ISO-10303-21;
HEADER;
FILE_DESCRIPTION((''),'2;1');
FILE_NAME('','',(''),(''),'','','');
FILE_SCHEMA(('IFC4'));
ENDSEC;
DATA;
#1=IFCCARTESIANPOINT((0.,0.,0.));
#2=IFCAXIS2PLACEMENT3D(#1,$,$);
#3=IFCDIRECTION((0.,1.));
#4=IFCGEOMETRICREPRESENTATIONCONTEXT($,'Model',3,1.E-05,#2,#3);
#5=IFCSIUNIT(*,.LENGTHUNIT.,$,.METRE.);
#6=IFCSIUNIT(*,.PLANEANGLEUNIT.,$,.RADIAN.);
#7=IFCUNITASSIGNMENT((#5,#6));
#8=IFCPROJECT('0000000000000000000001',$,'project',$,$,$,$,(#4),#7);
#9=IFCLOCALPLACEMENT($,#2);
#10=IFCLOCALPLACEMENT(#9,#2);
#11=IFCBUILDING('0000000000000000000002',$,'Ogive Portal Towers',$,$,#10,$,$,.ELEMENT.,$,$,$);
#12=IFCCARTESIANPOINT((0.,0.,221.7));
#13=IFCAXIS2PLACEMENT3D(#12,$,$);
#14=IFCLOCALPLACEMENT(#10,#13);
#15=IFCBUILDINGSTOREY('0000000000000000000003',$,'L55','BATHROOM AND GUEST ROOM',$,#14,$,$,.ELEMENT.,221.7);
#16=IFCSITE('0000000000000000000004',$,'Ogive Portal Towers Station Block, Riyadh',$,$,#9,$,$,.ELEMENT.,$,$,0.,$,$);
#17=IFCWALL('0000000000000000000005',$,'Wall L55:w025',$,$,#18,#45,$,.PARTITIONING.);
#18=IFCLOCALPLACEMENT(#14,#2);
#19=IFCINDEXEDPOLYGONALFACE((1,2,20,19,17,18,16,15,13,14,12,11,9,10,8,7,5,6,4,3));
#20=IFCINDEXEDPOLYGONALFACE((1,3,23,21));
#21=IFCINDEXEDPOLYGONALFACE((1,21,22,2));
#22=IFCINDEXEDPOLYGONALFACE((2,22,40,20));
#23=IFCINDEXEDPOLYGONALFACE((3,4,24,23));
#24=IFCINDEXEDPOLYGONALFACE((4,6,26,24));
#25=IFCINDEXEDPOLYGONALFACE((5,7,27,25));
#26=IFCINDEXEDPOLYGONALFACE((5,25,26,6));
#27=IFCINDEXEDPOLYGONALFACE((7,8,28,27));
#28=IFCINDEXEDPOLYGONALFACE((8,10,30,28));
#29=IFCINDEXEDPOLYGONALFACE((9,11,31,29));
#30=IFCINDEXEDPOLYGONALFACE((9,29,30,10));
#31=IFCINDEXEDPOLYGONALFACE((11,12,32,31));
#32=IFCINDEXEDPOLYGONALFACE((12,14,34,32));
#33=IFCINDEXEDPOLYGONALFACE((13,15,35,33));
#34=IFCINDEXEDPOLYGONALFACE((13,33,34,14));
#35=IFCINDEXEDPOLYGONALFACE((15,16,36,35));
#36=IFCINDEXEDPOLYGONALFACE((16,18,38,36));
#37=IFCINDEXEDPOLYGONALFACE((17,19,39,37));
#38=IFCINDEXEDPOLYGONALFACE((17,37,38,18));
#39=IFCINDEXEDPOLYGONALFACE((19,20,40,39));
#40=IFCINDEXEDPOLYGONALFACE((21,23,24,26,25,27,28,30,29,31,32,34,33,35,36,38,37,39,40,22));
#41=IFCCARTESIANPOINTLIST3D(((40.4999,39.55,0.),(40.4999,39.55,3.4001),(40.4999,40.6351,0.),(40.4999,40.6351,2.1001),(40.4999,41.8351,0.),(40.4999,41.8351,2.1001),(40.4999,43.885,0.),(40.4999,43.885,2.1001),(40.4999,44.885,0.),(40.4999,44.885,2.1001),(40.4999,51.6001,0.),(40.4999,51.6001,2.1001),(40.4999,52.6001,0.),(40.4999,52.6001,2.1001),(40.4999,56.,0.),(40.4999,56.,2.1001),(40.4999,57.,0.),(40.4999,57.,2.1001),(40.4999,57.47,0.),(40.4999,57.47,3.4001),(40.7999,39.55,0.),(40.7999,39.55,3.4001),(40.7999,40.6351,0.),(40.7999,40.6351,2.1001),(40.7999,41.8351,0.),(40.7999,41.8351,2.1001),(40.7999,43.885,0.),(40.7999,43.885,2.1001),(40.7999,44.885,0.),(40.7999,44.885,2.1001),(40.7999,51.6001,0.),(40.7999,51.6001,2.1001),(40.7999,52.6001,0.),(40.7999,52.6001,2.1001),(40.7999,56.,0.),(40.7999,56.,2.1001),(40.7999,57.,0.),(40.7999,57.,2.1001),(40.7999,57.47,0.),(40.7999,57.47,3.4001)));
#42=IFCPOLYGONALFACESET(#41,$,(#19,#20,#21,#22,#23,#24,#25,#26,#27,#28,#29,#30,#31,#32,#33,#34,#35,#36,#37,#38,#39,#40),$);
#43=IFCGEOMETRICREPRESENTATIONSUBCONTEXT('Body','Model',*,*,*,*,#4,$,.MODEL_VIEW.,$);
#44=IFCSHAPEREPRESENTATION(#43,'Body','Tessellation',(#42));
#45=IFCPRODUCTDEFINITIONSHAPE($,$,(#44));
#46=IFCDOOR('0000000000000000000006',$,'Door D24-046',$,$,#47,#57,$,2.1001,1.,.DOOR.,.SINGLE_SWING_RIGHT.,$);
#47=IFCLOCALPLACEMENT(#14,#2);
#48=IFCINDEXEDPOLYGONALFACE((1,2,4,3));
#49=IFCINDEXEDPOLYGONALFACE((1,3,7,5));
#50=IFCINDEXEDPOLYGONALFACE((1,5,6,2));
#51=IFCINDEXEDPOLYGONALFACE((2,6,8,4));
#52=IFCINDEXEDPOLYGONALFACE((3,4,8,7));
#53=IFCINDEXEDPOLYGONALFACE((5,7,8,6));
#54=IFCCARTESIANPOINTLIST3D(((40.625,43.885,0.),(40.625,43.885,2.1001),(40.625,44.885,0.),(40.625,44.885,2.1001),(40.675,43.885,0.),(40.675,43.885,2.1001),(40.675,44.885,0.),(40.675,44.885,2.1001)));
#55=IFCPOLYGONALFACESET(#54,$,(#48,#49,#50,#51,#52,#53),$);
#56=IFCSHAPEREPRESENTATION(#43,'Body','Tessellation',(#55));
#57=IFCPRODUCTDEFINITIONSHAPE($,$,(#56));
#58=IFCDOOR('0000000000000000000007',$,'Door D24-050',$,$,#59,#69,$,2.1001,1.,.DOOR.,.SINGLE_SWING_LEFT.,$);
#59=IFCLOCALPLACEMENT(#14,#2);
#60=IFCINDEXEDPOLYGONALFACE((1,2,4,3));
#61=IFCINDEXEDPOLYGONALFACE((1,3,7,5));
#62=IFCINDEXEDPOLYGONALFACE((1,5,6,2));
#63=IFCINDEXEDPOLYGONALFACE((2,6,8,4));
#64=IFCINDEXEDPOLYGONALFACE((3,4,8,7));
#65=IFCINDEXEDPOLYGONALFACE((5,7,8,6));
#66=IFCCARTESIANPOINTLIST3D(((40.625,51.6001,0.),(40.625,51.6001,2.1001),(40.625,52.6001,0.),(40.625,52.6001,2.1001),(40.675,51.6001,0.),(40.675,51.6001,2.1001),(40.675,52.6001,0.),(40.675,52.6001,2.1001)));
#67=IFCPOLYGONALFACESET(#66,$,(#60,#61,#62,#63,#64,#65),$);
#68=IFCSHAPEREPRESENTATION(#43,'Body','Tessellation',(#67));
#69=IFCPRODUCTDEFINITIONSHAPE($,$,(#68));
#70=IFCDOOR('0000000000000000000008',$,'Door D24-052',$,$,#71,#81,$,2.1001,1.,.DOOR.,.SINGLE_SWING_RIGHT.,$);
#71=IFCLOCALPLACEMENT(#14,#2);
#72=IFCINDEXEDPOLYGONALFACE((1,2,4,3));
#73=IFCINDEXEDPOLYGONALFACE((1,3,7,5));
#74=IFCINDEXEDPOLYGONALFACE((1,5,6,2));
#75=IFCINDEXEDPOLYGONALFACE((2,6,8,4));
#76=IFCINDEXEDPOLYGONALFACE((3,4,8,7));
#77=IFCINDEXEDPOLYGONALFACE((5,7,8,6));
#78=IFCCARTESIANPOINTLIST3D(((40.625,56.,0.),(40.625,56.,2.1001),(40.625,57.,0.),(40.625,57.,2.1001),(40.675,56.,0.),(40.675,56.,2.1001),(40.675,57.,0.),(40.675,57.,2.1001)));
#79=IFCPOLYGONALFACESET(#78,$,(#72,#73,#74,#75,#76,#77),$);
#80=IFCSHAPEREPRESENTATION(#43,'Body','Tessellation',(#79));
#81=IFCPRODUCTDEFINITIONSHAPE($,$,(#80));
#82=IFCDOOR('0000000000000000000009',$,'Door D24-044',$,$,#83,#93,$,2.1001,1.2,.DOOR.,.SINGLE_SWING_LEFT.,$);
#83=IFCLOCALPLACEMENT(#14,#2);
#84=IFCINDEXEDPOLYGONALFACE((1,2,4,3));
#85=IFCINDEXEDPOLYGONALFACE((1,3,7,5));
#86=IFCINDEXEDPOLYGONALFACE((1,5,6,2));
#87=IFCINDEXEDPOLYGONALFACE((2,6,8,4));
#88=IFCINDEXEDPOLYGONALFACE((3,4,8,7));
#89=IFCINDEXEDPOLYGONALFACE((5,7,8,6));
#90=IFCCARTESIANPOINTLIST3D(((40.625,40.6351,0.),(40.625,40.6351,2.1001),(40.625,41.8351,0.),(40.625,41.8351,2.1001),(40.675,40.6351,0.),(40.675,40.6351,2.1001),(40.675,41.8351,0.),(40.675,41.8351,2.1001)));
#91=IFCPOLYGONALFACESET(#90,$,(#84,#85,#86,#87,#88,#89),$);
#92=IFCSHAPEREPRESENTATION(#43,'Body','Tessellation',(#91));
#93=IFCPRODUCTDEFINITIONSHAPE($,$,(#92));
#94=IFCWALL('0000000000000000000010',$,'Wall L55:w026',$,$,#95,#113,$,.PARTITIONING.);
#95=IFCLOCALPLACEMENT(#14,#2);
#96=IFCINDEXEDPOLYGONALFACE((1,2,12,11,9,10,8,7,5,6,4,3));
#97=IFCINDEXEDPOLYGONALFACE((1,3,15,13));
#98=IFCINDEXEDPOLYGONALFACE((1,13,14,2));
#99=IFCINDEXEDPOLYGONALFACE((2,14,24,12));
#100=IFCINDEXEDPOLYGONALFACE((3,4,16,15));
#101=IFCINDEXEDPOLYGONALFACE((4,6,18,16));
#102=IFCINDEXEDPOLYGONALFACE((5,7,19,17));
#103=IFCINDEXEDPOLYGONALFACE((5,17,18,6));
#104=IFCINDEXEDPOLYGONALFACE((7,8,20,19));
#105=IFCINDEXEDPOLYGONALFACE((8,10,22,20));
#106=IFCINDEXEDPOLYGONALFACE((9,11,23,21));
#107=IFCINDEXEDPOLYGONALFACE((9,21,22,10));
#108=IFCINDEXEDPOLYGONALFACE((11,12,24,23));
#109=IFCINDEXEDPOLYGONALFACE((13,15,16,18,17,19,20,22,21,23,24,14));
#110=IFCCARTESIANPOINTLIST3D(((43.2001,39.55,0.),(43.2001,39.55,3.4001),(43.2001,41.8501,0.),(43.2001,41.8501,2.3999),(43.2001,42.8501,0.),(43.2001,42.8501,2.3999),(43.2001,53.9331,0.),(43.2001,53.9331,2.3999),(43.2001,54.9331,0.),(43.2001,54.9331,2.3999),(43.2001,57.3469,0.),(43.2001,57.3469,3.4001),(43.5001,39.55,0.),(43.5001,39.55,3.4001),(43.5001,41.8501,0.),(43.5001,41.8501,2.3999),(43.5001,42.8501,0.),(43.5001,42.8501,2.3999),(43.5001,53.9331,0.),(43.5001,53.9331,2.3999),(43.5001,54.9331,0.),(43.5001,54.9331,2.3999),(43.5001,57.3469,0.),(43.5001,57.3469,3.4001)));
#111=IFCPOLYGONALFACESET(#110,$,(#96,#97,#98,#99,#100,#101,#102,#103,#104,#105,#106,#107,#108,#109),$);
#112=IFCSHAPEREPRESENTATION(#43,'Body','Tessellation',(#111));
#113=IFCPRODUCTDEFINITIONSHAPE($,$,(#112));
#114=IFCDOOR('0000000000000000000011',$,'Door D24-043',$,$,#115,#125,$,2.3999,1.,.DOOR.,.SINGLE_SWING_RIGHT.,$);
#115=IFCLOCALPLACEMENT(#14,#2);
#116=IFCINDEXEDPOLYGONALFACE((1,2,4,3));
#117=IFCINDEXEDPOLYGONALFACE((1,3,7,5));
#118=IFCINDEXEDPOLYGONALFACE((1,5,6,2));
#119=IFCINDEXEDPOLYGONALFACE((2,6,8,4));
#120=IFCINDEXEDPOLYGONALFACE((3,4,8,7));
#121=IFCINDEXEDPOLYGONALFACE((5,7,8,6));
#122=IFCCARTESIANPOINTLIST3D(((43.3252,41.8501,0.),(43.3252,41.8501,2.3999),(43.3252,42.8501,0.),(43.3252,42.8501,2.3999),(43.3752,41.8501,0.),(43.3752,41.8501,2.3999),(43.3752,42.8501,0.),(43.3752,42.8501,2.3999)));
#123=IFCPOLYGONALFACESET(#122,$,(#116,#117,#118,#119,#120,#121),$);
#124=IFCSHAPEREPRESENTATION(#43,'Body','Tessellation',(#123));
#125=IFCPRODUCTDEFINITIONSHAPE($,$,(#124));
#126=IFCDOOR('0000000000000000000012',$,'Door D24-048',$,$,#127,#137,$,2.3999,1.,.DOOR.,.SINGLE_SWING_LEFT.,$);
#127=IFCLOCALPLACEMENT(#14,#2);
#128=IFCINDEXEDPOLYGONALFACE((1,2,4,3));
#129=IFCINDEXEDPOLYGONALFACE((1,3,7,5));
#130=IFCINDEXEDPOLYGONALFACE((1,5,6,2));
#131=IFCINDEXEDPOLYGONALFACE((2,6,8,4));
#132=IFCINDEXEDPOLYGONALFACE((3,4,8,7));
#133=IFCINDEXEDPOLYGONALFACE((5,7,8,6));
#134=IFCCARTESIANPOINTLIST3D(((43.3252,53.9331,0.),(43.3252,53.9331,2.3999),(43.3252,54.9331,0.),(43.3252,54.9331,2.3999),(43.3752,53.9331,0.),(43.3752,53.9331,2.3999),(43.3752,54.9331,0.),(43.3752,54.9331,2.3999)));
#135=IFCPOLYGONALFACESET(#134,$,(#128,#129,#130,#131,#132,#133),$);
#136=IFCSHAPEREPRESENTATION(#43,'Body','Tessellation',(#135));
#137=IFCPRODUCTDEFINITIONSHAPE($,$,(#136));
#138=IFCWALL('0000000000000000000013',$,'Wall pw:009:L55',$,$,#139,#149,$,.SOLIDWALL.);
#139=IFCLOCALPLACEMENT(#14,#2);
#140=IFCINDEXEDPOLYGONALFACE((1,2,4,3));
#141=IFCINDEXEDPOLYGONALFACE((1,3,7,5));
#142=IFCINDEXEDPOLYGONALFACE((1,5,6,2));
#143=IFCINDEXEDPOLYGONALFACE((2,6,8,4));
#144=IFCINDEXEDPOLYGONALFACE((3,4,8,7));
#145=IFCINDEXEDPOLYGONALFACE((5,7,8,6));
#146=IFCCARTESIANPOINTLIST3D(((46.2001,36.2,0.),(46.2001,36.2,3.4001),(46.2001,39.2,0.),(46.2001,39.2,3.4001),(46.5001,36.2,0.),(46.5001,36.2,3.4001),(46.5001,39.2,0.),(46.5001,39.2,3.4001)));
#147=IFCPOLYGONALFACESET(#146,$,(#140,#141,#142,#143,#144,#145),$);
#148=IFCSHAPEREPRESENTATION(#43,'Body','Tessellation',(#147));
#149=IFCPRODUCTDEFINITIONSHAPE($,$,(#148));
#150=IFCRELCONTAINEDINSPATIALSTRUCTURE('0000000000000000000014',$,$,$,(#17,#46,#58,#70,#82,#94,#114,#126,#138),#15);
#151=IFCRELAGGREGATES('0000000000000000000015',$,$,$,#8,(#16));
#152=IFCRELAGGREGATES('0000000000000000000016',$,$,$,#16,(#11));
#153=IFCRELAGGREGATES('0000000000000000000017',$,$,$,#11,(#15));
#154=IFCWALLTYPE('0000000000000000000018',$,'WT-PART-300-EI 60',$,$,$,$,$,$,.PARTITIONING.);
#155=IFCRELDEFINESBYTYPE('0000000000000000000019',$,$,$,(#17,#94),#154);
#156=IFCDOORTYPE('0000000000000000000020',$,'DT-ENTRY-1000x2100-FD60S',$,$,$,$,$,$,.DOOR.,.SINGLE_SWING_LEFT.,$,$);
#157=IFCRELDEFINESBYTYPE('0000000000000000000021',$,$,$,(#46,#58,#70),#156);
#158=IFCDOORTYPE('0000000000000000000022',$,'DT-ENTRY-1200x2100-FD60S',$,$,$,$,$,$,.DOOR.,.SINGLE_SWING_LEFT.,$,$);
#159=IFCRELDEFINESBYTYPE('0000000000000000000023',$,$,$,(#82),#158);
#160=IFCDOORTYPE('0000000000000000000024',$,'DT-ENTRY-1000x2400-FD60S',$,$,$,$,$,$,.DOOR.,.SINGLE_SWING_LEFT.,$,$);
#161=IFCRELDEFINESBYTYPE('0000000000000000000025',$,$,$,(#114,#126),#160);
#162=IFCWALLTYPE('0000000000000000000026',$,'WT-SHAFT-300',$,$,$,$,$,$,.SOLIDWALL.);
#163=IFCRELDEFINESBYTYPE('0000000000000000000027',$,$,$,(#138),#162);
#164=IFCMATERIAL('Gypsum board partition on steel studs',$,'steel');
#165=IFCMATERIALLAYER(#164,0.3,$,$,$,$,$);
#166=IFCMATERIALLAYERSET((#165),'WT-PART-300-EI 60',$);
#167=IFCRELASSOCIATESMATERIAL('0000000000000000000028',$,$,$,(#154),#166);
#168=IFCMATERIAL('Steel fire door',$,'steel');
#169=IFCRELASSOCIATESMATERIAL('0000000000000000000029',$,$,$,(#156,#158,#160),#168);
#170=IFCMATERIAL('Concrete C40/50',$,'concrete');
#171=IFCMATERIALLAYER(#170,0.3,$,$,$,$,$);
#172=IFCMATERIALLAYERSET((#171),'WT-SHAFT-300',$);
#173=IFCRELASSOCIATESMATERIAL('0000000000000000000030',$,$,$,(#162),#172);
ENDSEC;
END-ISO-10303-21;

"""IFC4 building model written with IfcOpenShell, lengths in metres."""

from ifc_helpers import new_model, si_unit, direction, frame, frame_2d, origin, place, context, subcontext, project, spatial, rectangle, extrude, material, layer, layer_set, type_object, element, fill, save


model = new_model("IFC4")

# Units and contexts
model_context = context("Model", 3, precision=1e-05, world=origin(), true_north=direction((0.0, 1.0)))
body_context = subcontext(model_context, "Body", "Model", "MODEL_VIEW")
ifc_project = project(units=[si_unit("LENGTHUNIT", "METRE"), si_unit("PLANEANGLEUNIT", "RADIAN")], contexts=[model_context])

# Site, building, storey
site_placement = place(None, origin())
site = spatial("IfcSite", under=ifc_project, at=site_placement, Name="Ogive Portal Towers Station Block, Riyadh", CompositionType="ELEMENT", RefElevation=0.0)
building_placement = place(site_placement, origin())
building = spatial("IfcBuilding", under=site, at=building_placement, Name="Ogive Portal Towers", CompositionType="ELEMENT")
storey_placement = place(building_placement, frame((0.0, 0.0, 221.7)))
storey = spatial("IfcBuildingStorey", under=building, at=storey_placement, Name="L55", Description="BATHROOM AND GUEST ROOM", CompositionType="ELEMENT", Elevation=221.7)

# Walls, openings, doors
ifc_material_1 = material(Name="Gypsum board partition on steel studs", Category="steel")
ifc_layer_1 = layer(ifc_material_1, 0.3)
ifc_layer_set_1 = layer_set([ifc_layer_1], Name="WT-PART-300-EI 60")
wall_type_1 = type_object("IfcWallType", Name="WT-PART-300-EI 60", PredefinedType="PARTITIONING", material=ifc_layer_set_1)
wall_1_placement = place(storey_placement, frame((40.6499, 39.55, 0.0), z_axis=(0.0, 0.0, 1.0), x_axis=(0.0, 1.0, 0.0)))
wall_1 = element("IfcWall", 1, at=wall_1_placement, inside=storey, type_object=wall_type_1, Name="Wall L55:w025", PredefinedType="PARTITIONING", context=body_context, shape_type="SweptSolid", body=[
    extrude(rectangle(XDim=17.9199, YDim=0.3, at=frame_2d((8.96, 0.0))), origin(), (0.0, 0.0, 1.0), 3.4001),
])
opening_1_placement = place(wall_1_placement, frame((1.085, 0.0, 0.0)))
opening_1 = element("IfcOpeningElement", 2, at=opening_1_placement, cuts=wall_1, PredefinedType="OPENING", context=body_context, shape_type="SweptSolid", body=[
    extrude(rectangle(XDim=1.2, YDim=2.1001, at=frame_2d((0.6001, 1.05))), frame((0.0, 0.1602, 0.0), z_axis=(0.0, -1.0, 0.0), x_axis=(1.0, 0.0, 0.0)), (0.0, 0.0, 1.0), 0.3201),
])
opening_2_placement = place(wall_1_placement, frame((4.335, 0.0, 0.0)))
opening_2 = element("IfcOpeningElement", 3, at=opening_2_placement, cuts=wall_1, PredefinedType="OPENING", context=body_context, shape_type="SweptSolid", body=[
    extrude(rectangle(XDim=1.0, YDim=2.1001, at=frame_2d((0.5, 1.05))), frame((0.0, 0.1602, 0.0), z_axis=(0.0, -1.0, 0.0), x_axis=(1.0, 0.0, 0.0)), (0.0, 0.0, 1.0), 0.3201),
])
opening_3_placement = place(wall_1_placement, frame((12.05, 0.0, 0.0)))
opening_3 = element("IfcOpeningElement", 4, at=opening_3_placement, cuts=wall_1, PredefinedType="OPENING", context=body_context, shape_type="SweptSolid", body=[
    extrude(rectangle(XDim=1.0, YDim=2.1001, at=frame_2d((0.5, 1.05))), frame((0.0, 0.1602, 0.0), z_axis=(0.0, -1.0, 0.0), x_axis=(1.0, 0.0, 0.0)), (0.0, 0.0, 1.0), 0.3201),
])
opening_4_placement = place(wall_1_placement, frame((16.45, 0.0, 0.0)))
opening_4 = element("IfcOpeningElement", 5, at=opening_4_placement, cuts=wall_1, PredefinedType="OPENING", context=body_context, shape_type="SweptSolid", body=[
    extrude(rectangle(XDim=1.0, YDim=2.1001, at=frame_2d((0.5, 1.05))), frame((0.0, 0.1602, 0.0), z_axis=(0.0, -1.0, 0.0), x_axis=(1.0, 0.0, 0.0)), (0.0, 0.0, 1.0), 0.3201),
])
ifc_material_2 = material(Name="Steel fire door", Category="steel")
door_type_1 = type_object("IfcDoorType", Name="DT-ENTRY-1000x2100-FD60S", OperationType="SINGLE_SWING_LEFT", PredefinedType="DOOR", material=ifc_material_2)
door_1_placement = place(opening_2_placement, origin())
door_1 = element("IfcDoor", 6, at=door_1_placement, inside=storey, type_object=door_type_1, Name="Door D24-046", OperationType="SINGLE_SWING_RIGHT", OverallHeight=2.1001, OverallWidth=1.0, PredefinedType="DOOR", context=body_context, shape_type="SweptSolid", body=[
    extrude(rectangle(XDim=1.0, YDim=2.1001, at=frame_2d((0.5, 1.05))), frame((0.0, 0.0249, 0.0), z_axis=(0.0, -1.0, 0.0), x_axis=(1.0, 0.0, 0.0)), (0.0, 0.0, 1.0), 0.05),
])
fill(opening_2, door_1)
door_2_placement = place(opening_3_placement, origin())
door_2 = element("IfcDoor", 7, at=door_2_placement, inside=storey, type_object=door_type_1, Name="Door D24-050", OperationType="SINGLE_SWING_LEFT", OverallHeight=2.1001, OverallWidth=1.0, PredefinedType="DOOR", context=body_context, shape_type="SweptSolid", body=[
    extrude(rectangle(XDim=1.0, YDim=2.1001, at=frame_2d((0.5, 1.05))), frame((0.0, 0.0249, 0.0), z_axis=(0.0, -1.0, 0.0), x_axis=(1.0, 0.0, 0.0)), (0.0, 0.0, 1.0), 0.05),
])
fill(opening_3, door_2)
door_3_placement = place(opening_4_placement, origin())
door_3 = element("IfcDoor", 8, at=door_3_placement, inside=storey, type_object=door_type_1, Name="Door D24-052", OperationType="SINGLE_SWING_RIGHT", OverallHeight=2.1001, OverallWidth=1.0, PredefinedType="DOOR", context=body_context, shape_type="SweptSolid", body=[
    extrude(rectangle(XDim=1.0, YDim=2.1001, at=frame_2d((0.5, 1.05))), frame((0.0, 0.0249, 0.0), z_axis=(0.0, -1.0, 0.0), x_axis=(1.0, 0.0, 0.0)), (0.0, 0.0, 1.0), 0.05),
])
fill(opening_4, door_3)
door_type_2 = type_object("IfcDoorType", Name="DT-ENTRY-1200x2100-FD60S", OperationType="SINGLE_SWING_LEFT", PredefinedType="DOOR", material=ifc_material_2)
door_4_placement = place(opening_1_placement, origin())
door_4 = element("IfcDoor", 9, at=door_4_placement, inside=storey, type_object=door_type_2, Name="Door D24-044", OperationType="SINGLE_SWING_LEFT", OverallHeight=2.1001, OverallWidth=1.2, PredefinedType="DOOR", context=body_context, shape_type="SweptSolid", body=[
    extrude(rectangle(XDim=1.2, YDim=2.1001, at=frame_2d((0.6001, 1.05))), frame((0.0, 0.0249, 0.0), z_axis=(0.0, -1.0, 0.0), x_axis=(1.0, 0.0, 0.0)), (0.0, 0.0, 1.0), 0.05),
])
fill(opening_1, door_4)
wall_2_placement = place(storey_placement, frame((43.3501, 39.55, 0.0), z_axis=(0.0, 0.0, 1.0), x_axis=(0.0, 1.0, 0.0)))
wall_2 = element("IfcWall", 10, at=wall_2_placement, inside=storey, type_object=wall_type_1, Name="Wall L55:w026", PredefinedType="PARTITIONING", context=body_context, shape_type="SweptSolid", body=[
    extrude(rectangle(XDim=17.7969, YDim=0.3, at=frame_2d((8.8984, 0.0))), origin(), (0.0, 0.0, 1.0), 3.4001),
])
opening_5_placement = place(wall_2_placement, frame((2.3, 0.0, 0.0)))
opening_5 = element("IfcOpeningElement", 11, at=opening_5_placement, cuts=wall_2, PredefinedType="OPENING", context=body_context, shape_type="SweptSolid", body=[
    extrude(rectangle(XDim=1.0, YDim=2.3999, at=frame_2d((0.5, 1.2))), frame((0.0, 0.1602, 0.0), z_axis=(0.0, -1.0, 0.0), x_axis=(1.0, 0.0, 0.0)), (0.0, 0.0, 1.0), 0.3201),
])
opening_6_placement = place(wall_2_placement, frame((14.3831, 0.0, 0.0)))
opening_6 = element("IfcOpeningElement", 12, at=opening_6_placement, cuts=wall_2, PredefinedType="OPENING", context=body_context, shape_type="SweptSolid", body=[
    extrude(rectangle(XDim=1.0, YDim=2.3999, at=frame_2d((0.5, 1.2))), frame((0.0, 0.1602, 0.0), z_axis=(0.0, -1.0, 0.0), x_axis=(1.0, 0.0, 0.0)), (0.0, 0.0, 1.0), 0.3201),
])
door_type_3 = type_object("IfcDoorType", Name="DT-ENTRY-1000x2400-FD60S", OperationType="SINGLE_SWING_LEFT", PredefinedType="DOOR", material=ifc_material_2)
door_5_placement = place(opening_5_placement, origin())
door_5 = element("IfcDoor", 13, at=door_5_placement, inside=storey, type_object=door_type_3, Name="Door D24-043", OperationType="SINGLE_SWING_RIGHT", OverallHeight=2.3999, OverallWidth=1.0, PredefinedType="DOOR", context=body_context, shape_type="SweptSolid", body=[
    extrude(rectangle(XDim=1.0, YDim=2.3999, at=frame_2d((0.5, 1.2))), frame((0.0, 0.0249, 0.0), z_axis=(0.0, -1.0, 0.0), x_axis=(1.0, 0.0, 0.0)), (0.0, 0.0, 1.0), 0.05),
])
fill(opening_5, door_5)
door_6_placement = place(opening_6_placement, origin())
door_6 = element("IfcDoor", 14, at=door_6_placement, inside=storey, type_object=door_type_3, Name="Door D24-048", OperationType="SINGLE_SWING_LEFT", OverallHeight=2.3999, OverallWidth=1.0, PredefinedType="DOOR", context=body_context, shape_type="SweptSolid", body=[
    extrude(rectangle(XDim=1.0, YDim=2.3999, at=frame_2d((0.5, 1.2))), frame((0.0, 0.0249, 0.0), z_axis=(0.0, -1.0, 0.0), x_axis=(1.0, 0.0, 0.0)), (0.0, 0.0, 1.0), 0.05),
])
fill(opening_6, door_6)

# Wall
ifc_material_3 = material(Name="Concrete C40/50", Category="concrete")
ifc_layer_2 = layer(ifc_material_3, 0.3)
ifc_layer_set_2 = layer_set([ifc_layer_2], Name="WT-SHAFT-300")
wall_type_2 = type_object("IfcWallType", Name="WT-SHAFT-300", PredefinedType="SOLIDWALL", material=ifc_layer_set_2)
wall_3_placement = place(storey_placement, frame((46.3501, 36.2, 0.0), z_axis=(0.0, 0.0, 1.0), x_axis=(0.0, 1.0, 0.0)))
element("IfcWall", 15, at=wall_3_placement, inside=storey, type_object=wall_type_2, Name="Wall pw:009:L55", PredefinedType="SOLIDWALL", context=body_context, shape_type="SweptSolid", body=[
    extrude(rectangle(XDim=3.0, YDim=0.3, at=frame_2d((1.5, 0.0))), origin(), (0.0, 0.0, 1.0), 3.4001),
])

save(model, "model.ifc")
